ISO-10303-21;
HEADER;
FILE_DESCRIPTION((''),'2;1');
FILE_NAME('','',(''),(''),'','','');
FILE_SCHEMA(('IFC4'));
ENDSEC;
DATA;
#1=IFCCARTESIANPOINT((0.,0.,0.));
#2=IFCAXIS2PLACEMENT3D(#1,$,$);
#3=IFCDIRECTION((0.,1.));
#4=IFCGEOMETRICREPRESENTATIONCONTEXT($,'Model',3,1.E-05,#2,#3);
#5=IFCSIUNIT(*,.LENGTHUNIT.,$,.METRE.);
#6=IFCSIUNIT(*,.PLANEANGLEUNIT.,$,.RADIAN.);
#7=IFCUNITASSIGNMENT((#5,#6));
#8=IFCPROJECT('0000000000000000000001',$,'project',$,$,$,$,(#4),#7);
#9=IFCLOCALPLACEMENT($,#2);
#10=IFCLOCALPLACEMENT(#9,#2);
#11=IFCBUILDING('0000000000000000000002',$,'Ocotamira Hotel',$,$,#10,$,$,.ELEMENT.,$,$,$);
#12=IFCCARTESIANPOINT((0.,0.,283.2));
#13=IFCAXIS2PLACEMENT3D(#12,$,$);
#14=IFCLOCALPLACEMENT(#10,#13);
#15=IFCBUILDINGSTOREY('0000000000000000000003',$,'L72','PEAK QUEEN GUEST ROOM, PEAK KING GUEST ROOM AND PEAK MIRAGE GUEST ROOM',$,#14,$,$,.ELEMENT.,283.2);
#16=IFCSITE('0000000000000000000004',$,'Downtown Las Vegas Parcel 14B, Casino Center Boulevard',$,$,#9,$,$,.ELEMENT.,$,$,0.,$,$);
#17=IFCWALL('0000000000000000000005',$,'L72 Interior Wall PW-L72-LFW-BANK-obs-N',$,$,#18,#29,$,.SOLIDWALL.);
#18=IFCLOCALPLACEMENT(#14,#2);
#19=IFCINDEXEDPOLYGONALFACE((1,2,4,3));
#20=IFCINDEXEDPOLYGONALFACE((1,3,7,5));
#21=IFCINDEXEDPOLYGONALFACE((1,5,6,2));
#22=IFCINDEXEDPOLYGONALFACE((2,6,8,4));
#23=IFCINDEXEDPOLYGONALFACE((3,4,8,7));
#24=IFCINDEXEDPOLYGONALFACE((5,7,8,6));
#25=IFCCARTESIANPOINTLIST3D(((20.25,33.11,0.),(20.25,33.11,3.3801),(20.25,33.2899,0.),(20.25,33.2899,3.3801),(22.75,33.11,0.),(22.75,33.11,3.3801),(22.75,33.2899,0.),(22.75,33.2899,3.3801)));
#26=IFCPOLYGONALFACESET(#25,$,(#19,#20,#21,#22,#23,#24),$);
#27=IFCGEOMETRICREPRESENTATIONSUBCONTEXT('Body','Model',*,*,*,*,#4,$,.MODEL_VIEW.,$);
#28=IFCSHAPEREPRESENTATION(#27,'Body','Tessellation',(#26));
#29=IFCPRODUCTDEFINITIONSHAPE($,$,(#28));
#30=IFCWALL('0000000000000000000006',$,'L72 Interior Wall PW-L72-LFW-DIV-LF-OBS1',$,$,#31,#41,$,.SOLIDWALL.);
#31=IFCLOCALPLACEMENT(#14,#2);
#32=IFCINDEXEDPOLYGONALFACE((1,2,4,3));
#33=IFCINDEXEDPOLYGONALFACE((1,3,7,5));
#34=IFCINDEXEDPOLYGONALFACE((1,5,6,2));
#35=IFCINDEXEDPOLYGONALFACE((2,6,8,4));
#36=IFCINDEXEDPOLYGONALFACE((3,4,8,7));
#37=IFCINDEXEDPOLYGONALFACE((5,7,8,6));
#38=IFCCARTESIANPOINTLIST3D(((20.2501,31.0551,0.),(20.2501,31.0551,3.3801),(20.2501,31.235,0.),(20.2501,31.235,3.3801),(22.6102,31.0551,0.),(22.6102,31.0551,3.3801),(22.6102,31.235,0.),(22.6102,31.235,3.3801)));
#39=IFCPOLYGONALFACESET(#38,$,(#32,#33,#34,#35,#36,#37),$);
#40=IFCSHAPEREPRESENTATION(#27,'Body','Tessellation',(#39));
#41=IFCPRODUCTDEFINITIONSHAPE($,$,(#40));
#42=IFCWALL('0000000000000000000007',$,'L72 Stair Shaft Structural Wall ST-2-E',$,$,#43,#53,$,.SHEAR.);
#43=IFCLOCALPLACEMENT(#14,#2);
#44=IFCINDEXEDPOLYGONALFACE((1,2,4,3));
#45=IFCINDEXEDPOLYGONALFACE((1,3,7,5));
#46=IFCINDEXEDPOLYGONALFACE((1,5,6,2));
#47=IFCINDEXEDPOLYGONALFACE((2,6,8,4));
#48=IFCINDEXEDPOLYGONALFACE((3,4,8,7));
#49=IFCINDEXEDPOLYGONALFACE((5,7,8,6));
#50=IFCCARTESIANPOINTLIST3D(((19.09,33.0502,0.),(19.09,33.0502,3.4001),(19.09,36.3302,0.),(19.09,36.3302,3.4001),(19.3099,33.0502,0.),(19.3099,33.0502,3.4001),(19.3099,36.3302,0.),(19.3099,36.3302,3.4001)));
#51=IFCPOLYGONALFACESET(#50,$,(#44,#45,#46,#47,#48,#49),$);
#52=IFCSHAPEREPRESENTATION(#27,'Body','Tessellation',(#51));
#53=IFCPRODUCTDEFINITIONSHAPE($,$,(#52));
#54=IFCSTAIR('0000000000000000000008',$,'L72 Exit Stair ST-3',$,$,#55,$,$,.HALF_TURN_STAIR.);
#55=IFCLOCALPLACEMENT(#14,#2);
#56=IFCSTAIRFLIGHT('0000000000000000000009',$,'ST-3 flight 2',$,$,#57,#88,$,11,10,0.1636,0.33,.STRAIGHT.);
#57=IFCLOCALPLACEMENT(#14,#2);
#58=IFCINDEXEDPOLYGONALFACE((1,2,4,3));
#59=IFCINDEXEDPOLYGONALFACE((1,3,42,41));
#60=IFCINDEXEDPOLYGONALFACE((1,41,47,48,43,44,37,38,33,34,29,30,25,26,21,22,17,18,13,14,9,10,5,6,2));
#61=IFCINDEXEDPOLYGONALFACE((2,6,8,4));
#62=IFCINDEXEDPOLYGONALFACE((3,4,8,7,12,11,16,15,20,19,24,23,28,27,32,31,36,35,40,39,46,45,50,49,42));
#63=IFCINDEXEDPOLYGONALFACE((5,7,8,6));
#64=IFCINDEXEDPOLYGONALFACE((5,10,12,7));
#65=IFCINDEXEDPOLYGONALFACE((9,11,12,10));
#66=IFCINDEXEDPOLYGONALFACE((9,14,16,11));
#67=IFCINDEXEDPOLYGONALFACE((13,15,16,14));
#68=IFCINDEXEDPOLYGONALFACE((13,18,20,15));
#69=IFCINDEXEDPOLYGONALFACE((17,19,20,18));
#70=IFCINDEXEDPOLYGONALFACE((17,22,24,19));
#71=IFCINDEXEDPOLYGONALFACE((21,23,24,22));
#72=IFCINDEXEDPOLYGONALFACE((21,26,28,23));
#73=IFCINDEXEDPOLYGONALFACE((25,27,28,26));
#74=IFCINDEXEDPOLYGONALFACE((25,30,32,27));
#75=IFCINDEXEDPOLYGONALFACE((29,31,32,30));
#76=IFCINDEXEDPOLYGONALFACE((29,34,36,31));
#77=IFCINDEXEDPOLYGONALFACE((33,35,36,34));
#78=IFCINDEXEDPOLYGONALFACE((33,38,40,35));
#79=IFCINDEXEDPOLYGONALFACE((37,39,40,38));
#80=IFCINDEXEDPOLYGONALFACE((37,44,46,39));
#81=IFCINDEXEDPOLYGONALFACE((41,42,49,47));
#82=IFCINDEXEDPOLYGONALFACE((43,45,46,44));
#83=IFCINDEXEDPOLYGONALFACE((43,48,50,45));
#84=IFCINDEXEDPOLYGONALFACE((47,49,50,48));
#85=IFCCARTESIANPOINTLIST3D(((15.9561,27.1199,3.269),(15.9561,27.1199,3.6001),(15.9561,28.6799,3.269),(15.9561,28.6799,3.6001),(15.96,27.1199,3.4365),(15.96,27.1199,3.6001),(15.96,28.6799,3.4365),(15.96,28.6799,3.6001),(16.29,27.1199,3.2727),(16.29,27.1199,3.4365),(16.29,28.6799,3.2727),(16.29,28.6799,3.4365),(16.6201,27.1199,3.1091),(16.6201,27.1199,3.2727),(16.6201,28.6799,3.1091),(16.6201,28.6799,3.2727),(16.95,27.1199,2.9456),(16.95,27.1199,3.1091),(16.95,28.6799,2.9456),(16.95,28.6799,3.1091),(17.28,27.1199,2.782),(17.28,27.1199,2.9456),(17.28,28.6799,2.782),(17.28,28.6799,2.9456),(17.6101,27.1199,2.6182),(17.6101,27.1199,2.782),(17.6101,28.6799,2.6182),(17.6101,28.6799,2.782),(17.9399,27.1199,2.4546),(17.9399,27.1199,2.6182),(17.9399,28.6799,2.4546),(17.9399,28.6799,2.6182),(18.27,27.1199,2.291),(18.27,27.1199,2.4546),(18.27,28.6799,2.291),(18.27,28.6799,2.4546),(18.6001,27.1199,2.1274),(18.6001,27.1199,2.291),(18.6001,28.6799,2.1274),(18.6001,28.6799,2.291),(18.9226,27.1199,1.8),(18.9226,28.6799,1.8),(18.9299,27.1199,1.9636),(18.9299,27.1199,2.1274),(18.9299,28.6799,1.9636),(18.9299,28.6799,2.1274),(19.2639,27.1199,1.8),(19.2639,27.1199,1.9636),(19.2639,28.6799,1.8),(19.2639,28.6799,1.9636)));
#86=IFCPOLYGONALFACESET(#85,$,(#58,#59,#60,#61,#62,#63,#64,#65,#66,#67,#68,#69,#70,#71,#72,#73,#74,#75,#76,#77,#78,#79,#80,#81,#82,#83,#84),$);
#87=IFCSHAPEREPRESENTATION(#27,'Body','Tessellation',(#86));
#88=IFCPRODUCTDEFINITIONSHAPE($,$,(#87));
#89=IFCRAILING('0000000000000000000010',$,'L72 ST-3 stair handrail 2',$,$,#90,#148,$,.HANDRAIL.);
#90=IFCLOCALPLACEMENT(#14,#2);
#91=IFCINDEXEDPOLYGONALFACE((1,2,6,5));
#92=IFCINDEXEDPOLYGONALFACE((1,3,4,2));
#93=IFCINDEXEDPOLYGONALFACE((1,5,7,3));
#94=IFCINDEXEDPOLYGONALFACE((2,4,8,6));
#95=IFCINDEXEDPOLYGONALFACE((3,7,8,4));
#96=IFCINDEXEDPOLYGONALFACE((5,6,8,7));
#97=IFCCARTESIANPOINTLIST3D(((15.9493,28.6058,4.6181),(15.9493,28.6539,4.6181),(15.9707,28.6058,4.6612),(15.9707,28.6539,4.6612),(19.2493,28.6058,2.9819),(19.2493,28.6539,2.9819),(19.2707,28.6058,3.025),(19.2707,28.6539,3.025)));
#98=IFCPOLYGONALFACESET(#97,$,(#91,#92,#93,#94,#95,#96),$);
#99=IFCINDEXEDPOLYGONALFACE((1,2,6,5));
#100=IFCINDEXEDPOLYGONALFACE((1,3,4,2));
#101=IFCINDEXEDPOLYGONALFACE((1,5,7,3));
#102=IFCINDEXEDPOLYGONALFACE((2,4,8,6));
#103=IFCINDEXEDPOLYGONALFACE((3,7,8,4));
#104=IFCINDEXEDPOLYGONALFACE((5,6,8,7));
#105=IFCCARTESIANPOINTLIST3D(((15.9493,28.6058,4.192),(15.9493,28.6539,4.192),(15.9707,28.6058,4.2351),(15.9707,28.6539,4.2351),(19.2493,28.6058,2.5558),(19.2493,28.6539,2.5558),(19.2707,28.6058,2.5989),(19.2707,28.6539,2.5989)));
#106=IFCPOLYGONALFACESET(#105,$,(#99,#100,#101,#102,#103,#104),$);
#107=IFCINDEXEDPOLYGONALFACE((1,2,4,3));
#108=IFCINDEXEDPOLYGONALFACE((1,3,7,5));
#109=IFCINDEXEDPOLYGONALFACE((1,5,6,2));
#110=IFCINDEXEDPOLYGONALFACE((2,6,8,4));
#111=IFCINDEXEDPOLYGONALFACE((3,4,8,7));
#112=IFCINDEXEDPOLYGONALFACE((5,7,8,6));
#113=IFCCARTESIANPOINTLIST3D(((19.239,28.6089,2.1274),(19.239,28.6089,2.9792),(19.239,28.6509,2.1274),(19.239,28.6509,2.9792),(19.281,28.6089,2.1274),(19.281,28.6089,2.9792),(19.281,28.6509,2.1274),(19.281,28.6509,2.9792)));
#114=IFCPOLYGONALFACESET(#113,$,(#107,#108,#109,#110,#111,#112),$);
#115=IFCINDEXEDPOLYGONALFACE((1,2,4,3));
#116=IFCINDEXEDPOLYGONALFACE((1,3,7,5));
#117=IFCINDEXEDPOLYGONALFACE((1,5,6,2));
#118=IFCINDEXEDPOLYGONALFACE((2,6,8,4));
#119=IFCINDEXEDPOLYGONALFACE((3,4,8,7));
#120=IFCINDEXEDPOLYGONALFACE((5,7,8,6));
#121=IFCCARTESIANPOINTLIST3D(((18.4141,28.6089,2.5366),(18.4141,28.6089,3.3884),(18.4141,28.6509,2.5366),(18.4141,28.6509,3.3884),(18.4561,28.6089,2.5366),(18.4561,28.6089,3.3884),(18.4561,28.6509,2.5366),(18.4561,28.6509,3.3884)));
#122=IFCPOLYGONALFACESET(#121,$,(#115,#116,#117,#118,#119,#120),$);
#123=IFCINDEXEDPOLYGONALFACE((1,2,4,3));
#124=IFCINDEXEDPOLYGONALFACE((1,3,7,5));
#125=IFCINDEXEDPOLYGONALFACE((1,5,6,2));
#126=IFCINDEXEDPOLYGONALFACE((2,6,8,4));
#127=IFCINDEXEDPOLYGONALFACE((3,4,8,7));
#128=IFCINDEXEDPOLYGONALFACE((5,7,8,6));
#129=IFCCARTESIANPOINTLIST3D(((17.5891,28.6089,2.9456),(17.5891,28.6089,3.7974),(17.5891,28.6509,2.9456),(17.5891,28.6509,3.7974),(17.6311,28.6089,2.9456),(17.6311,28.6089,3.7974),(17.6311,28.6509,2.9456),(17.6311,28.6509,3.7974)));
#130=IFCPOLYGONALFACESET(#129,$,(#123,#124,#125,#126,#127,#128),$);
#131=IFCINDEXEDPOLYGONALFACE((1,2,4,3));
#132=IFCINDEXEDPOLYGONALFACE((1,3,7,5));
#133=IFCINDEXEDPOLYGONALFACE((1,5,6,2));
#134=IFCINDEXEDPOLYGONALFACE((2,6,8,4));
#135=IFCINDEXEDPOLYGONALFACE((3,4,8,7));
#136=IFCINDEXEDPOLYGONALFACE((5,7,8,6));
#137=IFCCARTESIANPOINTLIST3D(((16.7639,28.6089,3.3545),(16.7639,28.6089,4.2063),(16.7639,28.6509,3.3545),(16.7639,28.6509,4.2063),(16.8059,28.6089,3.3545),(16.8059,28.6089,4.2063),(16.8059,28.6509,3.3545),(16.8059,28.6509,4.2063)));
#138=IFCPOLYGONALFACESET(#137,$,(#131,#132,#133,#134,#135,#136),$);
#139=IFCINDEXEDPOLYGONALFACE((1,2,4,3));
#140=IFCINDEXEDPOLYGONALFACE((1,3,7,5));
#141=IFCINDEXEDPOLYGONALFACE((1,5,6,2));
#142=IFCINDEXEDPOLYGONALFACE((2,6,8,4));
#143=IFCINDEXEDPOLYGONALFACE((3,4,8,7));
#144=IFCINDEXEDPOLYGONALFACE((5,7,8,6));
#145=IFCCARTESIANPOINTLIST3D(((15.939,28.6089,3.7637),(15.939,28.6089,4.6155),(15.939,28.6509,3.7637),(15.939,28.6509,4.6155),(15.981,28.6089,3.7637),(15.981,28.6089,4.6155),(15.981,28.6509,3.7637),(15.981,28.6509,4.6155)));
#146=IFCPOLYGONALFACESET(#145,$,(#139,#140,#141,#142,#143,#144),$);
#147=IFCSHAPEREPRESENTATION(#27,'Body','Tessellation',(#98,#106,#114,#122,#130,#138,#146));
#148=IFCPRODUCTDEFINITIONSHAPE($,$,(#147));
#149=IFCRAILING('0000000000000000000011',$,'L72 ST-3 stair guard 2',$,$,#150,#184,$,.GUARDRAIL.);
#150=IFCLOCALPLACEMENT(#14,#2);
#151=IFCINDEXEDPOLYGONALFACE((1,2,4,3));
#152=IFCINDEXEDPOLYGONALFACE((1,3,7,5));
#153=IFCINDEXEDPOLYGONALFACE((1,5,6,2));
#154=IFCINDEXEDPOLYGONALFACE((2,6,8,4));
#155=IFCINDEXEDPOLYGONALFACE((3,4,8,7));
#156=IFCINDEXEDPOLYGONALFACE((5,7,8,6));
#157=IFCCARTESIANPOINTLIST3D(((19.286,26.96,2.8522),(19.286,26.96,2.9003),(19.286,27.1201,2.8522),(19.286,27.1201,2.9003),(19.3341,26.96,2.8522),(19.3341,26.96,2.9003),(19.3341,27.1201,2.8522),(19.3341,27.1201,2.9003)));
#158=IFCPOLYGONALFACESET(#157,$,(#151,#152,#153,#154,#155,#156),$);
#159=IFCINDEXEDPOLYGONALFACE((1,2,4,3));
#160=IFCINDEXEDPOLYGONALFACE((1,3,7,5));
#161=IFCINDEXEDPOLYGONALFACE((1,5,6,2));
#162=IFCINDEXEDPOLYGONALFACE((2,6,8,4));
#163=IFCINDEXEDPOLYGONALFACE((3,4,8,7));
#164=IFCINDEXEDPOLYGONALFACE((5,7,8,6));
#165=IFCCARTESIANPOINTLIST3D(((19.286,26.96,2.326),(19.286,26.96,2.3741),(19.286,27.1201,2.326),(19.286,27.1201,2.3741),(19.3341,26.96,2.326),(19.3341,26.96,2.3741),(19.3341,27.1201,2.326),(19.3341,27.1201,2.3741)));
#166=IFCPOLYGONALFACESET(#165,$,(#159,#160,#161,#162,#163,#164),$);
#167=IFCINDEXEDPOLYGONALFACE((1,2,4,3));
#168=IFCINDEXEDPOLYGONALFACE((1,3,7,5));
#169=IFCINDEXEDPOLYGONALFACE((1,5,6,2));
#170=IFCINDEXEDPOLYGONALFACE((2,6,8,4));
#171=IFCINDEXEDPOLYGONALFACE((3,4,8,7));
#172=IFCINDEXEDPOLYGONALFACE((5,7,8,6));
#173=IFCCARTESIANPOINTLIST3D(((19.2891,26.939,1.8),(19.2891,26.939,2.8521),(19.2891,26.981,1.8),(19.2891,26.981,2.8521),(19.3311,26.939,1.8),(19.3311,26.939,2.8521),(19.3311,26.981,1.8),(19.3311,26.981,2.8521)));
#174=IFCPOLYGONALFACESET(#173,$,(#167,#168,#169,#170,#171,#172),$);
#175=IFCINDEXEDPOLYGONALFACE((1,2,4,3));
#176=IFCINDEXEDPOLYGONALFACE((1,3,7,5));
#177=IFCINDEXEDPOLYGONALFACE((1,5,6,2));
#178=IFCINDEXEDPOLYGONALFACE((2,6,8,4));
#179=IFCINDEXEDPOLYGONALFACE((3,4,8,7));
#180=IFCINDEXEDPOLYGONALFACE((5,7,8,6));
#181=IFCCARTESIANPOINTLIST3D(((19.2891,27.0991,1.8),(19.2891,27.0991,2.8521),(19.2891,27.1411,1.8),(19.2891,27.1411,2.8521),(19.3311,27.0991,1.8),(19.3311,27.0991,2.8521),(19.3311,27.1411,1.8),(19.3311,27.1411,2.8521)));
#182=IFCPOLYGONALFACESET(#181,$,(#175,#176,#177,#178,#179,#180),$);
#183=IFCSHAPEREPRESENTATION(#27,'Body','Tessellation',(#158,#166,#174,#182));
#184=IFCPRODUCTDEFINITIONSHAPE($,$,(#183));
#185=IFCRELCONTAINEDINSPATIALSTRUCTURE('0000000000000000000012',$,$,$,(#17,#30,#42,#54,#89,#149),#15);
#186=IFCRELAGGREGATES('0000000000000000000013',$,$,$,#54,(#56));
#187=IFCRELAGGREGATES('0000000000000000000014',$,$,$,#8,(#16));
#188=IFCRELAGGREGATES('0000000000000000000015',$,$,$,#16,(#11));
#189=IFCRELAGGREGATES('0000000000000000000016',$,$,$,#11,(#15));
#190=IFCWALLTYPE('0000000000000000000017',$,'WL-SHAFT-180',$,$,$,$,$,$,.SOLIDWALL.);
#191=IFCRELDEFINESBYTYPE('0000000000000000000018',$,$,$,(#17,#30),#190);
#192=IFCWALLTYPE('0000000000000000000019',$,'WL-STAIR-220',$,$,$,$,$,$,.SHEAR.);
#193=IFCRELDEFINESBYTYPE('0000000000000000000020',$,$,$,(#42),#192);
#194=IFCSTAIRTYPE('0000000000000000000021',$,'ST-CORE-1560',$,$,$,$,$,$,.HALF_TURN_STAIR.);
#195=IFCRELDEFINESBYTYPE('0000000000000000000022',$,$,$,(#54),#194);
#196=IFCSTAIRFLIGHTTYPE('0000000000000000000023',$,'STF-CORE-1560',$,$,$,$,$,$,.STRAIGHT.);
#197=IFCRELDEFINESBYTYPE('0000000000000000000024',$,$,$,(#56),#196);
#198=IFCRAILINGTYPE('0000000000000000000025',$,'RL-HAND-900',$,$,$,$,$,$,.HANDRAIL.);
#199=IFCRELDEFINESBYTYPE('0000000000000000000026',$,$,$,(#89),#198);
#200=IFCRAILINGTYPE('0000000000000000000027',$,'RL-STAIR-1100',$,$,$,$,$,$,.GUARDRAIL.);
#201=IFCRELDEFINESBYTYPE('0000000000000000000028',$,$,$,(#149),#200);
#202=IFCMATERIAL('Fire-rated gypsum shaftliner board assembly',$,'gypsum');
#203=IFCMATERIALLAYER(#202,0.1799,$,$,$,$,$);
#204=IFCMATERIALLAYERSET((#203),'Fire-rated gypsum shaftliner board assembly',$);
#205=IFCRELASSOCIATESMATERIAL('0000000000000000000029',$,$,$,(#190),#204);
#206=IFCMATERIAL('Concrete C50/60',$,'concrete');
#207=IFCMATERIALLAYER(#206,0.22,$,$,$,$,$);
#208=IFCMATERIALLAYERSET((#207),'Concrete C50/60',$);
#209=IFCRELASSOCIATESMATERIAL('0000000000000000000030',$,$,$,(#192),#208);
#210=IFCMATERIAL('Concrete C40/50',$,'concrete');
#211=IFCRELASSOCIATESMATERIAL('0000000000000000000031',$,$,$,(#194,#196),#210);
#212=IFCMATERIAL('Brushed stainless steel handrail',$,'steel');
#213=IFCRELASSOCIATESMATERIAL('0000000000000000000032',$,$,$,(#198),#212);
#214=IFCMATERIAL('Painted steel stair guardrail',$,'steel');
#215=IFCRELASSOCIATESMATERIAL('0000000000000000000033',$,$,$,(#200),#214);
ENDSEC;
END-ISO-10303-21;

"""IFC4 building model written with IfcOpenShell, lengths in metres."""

from ifc_helpers import new_model, si_unit, direction, frame, frame_2d, origin, origin_2d, place, context, subcontext, project, spatial, polyline, rectangle, outline, extrude, source, transform, mapped, material, layer, layer_set, type_object, element, aggregate, save


model = new_model("IFC4")

# Units and contexts
model_context = context("Model", 3, precision=1e-05, world=origin(), true_north=direction((0.0, 1.0)))
body_context = subcontext(model_context, "Body", "Model", "MODEL_VIEW")
ifc_project = project(units=[si_unit("LENGTHUNIT", "METRE"), si_unit("PLANEANGLEUNIT", "RADIAN")], contexts=[model_context])

# Site, building, storey
site_placement = place(None, origin())
site = spatial("IfcSite", under=ifc_project, at=site_placement, Name="Downtown Las Vegas Parcel 14B, Casino Center Boulevard", CompositionType="ELEMENT", RefElevation=0.0)
building_placement = place(site_placement, origin())
building = spatial("IfcBuilding", under=site, at=building_placement, Name="Ocotamira Hotel", CompositionType="ELEMENT")
storey_placement = place(building_placement, frame((0.0, 0.0, 283.2)))
storey = spatial("IfcBuildingStorey", under=building, at=storey_placement, Name="L72", Description="PEAK QUEEN GUEST ROOM, PEAK KING GUEST ROOM AND PEAK MIRAGE GUEST ROOM", CompositionType="ELEMENT", Elevation=283.2)

# Walls
ifc_material_1 = material(Name="Fire-rated gypsum shaftliner board assembly", Category="gypsum")
ifc_layer_1 = layer(ifc_material_1, 0.1799)
ifc_layer_set_1 = layer_set([ifc_layer_1], Name="Fire-rated gypsum shaftliner board assembly")
wall_type_1 = type_object("IfcWallType", Name="WL-SHAFT-180", PredefinedType="SOLIDWALL", material=ifc_layer_set_1)
wall_1_placement = place(storey_placement, frame((20.25, 33.2, 0.0), z_axis=(0.0, 0.0, 1.0), x_axis=(1.0, 0.0, 0.0)))
element("IfcWall", 1, at=wall_1_placement, inside=storey, type_object=wall_type_1, Name="L72 Interior Wall PW-L72-LFW-BANK-obs-N", PredefinedType="SOLIDWALL", context=body_context, shape_type="SweptSolid", body=[
    extrude(rectangle(XDim=2.5, YDim=0.1799, at=frame_2d((1.25, 0.0))), origin(), (0.0, 0.0, 1.0), 3.3801),
])
wall_2_placement = place(storey_placement, frame((20.25, 31.145, 0.0), z_axis=(0.0, 0.0, 1.0), x_axis=(1.0, 0.0, 0.0)))
element("IfcWall", 2, at=wall_2_placement, inside=storey, type_object=wall_type_1, Name="L72 Interior Wall PW-L72-LFW-DIV-LF-OBS1", PredefinedType="SOLIDWALL", context=body_context, shape_type="SweptSolid", body=[
    extrude(rectangle(XDim=2.3601, YDim=0.1799, at=frame_2d((1.1802, 0.0))), origin(), (0.0, 0.0, 1.0), 3.3801),
])
ifc_material_2 = material(Name="Concrete C50/60", Category="concrete")
ifc_layer_2 = layer(ifc_material_2, 0.22)
ifc_layer_set_2 = layer_set([ifc_layer_2], Name="Concrete C50/60")
wall_type_2 = type_object("IfcWallType", Name="WL-STAIR-220", PredefinedType="SHEAR", material=ifc_layer_set_2)
wall_3_placement = place(storey_placement, frame((19.2, 33.05, 0.0), z_axis=(0.0, 0.0, 1.0), x_axis=(0.0, 1.0, 0.0)))
element("IfcWall", 3, at=wall_3_placement, inside=storey, type_object=wall_type_2, Name="L72 Stair Shaft Structural Wall ST-2-E", PredefinedType="SHEAR", context=body_context, shape_type="SweptSolid", body=[
    extrude(rectangle(XDim=3.28, YDim=0.22, at=frame_2d((1.6401, 0.0))), origin(), (0.0, 0.0, 1.0), 3.4001),
])

# Stair, stair flight
ifc_material_3 = material(Name="Concrete C40/50", Category="concrete")
stair_type = type_object("IfcStairType", Name="ST-CORE-1560", PredefinedType="HALF_TURN_STAIR", material=ifc_material_3)
stair_placement = place(storey_placement, origin())
stair = element("IfcStair", 4, at=stair_placement, inside=storey, type_object=stair_type, Name="L72 Exit Stair ST-3", PredefinedType="HALF_TURN_STAIR")
stair_flight_type = type_object("IfcStairFlightType", Name="STF-CORE-1560", PredefinedType="STRAIGHT", material=ifc_material_3)
shared_shape_1 = source(origin(), body_context, "Body", "SweptSolid", [
    extrude(outline(polyline([(-0.0039, 0.0), (-0.0039, 0.1636), (0.3301, 0.1636), (0.3301, 0.3274), (0.6599, 0.3274), (0.6599, 0.491), (0.99, 0.491), (0.99, 0.6545), (1.3201, 0.6545), (1.3201, 0.8181), (1.6499, 0.8181), (1.6499, 0.9819), (1.98, 0.9819), (1.98, 1.1455), (2.3101, 1.1455), (2.3101, 1.3091), (2.6399, 1.3091), (2.6399, 1.4727), (2.97, 1.4727), (2.97, 1.6365), (3.3, 1.6365), (3.3, 1.8), (3.304, 1.8), (3.304, 1.469), (0.3374, 0.0), (-0.0039, 0.0)])), frame((0.0, 0.78, 0.0), z_axis=(0.0, -1.0, 0.0), x_axis=(1.0, 0.0, 0.0)), (0.0, 0.0, 1.0), 1.5601),
])
stair_flight_placement = place(storey_placement, frame((19.26, 27.8999, 1.8), z_axis=(0.0, 0.0, 1.0), x_axis=(-1.0, 0.0, 0.0)))
stair_flight = element("IfcStairFlight", 5, at=stair_flight_placement, type_object=stair_flight_type, Name="ST-3 flight 2", NumberOfRisers=11, NumberOfTreads=10, PredefinedType="STRAIGHT", RiserHeight=0.1636, TreadLength=0.33, context=body_context, shape_type="MappedRepresentation", body=[
    mapped(shared_shape_1, transform((0.0, 0.0, 0.0), scale=1.0)),
])
aggregate(stair, [stair_flight])

# Railings
ifc_material_4 = material(Name="Brushed stainless steel handrail", Category="steel")
railing_type_1 = type_object("IfcRailingType", Name="RL-HAND-900", PredefinedType="HANDRAIL", material=ifc_material_4)
railing_1_placement = place(storey_placement, frame((19.26, 28.6299, 2.1274)))
element("IfcRailing", 6, at=railing_1_placement, inside=storey, type_object=railing_type_1, Name="L72 ST-3 stair handrail 2", PredefinedType="HANDRAIL", context=body_context, shape_type="SweptSolid", body=[
    extrude(rectangle(XDim=0.0481, YDim=0.0481, at=origin_2d()), frame((0.0, 0.0, 0.876), z_axis=(-0.89592, 0.0, 0.444215), x_axis=(0.0, -1.0, 0.0)), (0.0, 0.0, 1.0), 3.6833),
    extrude(rectangle(XDim=0.0481, YDim=0.0481, at=origin_2d()), frame((0.0, 0.0, 0.45), z_axis=(-0.89592, 0.0, 0.444215), x_axis=(0.0, -1.0, 0.0)), (0.0, 0.0, 1.0), 3.6833),
    extrude(rectangle(XDim=0.042, YDim=0.042, at=origin_2d()), origin(), (0.0, 0.0, 1.0), 0.8518),
    extrude(rectangle(XDim=0.042, YDim=0.042, at=origin_2d()), frame((-0.825, 0.0, 0.4092)), (0.0, 0.0, 1.0), 0.8518),
    extrude(rectangle(XDim=0.042, YDim=0.042, at=origin_2d()), frame((-1.6499, 0.0, 0.8181)), (0.0, 0.0, 1.0), 0.8518),
    extrude(rectangle(XDim=0.042, YDim=0.042, at=origin_2d()), frame((-2.4751, 0.0, 1.2271)), (0.0, 0.0, 1.0), 0.8518),
    extrude(rectangle(XDim=0.042, YDim=0.042, at=origin_2d()), frame((-3.3, 0.0, 1.6362)), (0.0, 0.0, 1.0), 0.8518),
])
ifc_material_5 = material(Name="Painted steel stair guardrail", Category="steel")
railing_type_2 = type_object("IfcRailingType", Name="RL-STAIR-1100", PredefinedType="GUARDRAIL", material=ifc_material_5)
railing_2_placement = place(storey_placement, frame((19.3101, 26.96, 1.8)))
element("IfcRailing", 7, at=railing_2_placement, inside=storey, type_object=railing_type_2, Name="L72 ST-3 stair guard 2", PredefinedType="GUARDRAIL", context=body_context, shape_type="SweptSolid", body=[
    extrude(rectangle(XDim=0.0481, YDim=0.0481, at=origin_2d()), frame((0.0, 0.0, 1.0762), z_axis=(0.0, 1.0, 0.0), x_axis=(-1.0, 0.0, 0.0)), (0.0, 0.0, 1.0), 0.1602),
    extrude(rectangle(XDim=0.0481, YDim=0.0481, at=origin_2d()), frame((0.0, 0.0, 0.55), z_axis=(0.0, 1.0, 0.0), x_axis=(-1.0, 0.0, 0.0)), (0.0, 0.0, 1.0), 0.1602),
    extrude(rectangle(XDim=0.042, YDim=0.042, at=origin_2d()), origin(), (0.0, 0.0, 1.0), 1.052),
    extrude(rectangle(XDim=0.042, YDim=0.042, at=origin_2d()), frame((0.0, 0.1602, 0.0)), (0.0, 0.0, 1.0), 1.052),
])

save(model, "model.ifc")
